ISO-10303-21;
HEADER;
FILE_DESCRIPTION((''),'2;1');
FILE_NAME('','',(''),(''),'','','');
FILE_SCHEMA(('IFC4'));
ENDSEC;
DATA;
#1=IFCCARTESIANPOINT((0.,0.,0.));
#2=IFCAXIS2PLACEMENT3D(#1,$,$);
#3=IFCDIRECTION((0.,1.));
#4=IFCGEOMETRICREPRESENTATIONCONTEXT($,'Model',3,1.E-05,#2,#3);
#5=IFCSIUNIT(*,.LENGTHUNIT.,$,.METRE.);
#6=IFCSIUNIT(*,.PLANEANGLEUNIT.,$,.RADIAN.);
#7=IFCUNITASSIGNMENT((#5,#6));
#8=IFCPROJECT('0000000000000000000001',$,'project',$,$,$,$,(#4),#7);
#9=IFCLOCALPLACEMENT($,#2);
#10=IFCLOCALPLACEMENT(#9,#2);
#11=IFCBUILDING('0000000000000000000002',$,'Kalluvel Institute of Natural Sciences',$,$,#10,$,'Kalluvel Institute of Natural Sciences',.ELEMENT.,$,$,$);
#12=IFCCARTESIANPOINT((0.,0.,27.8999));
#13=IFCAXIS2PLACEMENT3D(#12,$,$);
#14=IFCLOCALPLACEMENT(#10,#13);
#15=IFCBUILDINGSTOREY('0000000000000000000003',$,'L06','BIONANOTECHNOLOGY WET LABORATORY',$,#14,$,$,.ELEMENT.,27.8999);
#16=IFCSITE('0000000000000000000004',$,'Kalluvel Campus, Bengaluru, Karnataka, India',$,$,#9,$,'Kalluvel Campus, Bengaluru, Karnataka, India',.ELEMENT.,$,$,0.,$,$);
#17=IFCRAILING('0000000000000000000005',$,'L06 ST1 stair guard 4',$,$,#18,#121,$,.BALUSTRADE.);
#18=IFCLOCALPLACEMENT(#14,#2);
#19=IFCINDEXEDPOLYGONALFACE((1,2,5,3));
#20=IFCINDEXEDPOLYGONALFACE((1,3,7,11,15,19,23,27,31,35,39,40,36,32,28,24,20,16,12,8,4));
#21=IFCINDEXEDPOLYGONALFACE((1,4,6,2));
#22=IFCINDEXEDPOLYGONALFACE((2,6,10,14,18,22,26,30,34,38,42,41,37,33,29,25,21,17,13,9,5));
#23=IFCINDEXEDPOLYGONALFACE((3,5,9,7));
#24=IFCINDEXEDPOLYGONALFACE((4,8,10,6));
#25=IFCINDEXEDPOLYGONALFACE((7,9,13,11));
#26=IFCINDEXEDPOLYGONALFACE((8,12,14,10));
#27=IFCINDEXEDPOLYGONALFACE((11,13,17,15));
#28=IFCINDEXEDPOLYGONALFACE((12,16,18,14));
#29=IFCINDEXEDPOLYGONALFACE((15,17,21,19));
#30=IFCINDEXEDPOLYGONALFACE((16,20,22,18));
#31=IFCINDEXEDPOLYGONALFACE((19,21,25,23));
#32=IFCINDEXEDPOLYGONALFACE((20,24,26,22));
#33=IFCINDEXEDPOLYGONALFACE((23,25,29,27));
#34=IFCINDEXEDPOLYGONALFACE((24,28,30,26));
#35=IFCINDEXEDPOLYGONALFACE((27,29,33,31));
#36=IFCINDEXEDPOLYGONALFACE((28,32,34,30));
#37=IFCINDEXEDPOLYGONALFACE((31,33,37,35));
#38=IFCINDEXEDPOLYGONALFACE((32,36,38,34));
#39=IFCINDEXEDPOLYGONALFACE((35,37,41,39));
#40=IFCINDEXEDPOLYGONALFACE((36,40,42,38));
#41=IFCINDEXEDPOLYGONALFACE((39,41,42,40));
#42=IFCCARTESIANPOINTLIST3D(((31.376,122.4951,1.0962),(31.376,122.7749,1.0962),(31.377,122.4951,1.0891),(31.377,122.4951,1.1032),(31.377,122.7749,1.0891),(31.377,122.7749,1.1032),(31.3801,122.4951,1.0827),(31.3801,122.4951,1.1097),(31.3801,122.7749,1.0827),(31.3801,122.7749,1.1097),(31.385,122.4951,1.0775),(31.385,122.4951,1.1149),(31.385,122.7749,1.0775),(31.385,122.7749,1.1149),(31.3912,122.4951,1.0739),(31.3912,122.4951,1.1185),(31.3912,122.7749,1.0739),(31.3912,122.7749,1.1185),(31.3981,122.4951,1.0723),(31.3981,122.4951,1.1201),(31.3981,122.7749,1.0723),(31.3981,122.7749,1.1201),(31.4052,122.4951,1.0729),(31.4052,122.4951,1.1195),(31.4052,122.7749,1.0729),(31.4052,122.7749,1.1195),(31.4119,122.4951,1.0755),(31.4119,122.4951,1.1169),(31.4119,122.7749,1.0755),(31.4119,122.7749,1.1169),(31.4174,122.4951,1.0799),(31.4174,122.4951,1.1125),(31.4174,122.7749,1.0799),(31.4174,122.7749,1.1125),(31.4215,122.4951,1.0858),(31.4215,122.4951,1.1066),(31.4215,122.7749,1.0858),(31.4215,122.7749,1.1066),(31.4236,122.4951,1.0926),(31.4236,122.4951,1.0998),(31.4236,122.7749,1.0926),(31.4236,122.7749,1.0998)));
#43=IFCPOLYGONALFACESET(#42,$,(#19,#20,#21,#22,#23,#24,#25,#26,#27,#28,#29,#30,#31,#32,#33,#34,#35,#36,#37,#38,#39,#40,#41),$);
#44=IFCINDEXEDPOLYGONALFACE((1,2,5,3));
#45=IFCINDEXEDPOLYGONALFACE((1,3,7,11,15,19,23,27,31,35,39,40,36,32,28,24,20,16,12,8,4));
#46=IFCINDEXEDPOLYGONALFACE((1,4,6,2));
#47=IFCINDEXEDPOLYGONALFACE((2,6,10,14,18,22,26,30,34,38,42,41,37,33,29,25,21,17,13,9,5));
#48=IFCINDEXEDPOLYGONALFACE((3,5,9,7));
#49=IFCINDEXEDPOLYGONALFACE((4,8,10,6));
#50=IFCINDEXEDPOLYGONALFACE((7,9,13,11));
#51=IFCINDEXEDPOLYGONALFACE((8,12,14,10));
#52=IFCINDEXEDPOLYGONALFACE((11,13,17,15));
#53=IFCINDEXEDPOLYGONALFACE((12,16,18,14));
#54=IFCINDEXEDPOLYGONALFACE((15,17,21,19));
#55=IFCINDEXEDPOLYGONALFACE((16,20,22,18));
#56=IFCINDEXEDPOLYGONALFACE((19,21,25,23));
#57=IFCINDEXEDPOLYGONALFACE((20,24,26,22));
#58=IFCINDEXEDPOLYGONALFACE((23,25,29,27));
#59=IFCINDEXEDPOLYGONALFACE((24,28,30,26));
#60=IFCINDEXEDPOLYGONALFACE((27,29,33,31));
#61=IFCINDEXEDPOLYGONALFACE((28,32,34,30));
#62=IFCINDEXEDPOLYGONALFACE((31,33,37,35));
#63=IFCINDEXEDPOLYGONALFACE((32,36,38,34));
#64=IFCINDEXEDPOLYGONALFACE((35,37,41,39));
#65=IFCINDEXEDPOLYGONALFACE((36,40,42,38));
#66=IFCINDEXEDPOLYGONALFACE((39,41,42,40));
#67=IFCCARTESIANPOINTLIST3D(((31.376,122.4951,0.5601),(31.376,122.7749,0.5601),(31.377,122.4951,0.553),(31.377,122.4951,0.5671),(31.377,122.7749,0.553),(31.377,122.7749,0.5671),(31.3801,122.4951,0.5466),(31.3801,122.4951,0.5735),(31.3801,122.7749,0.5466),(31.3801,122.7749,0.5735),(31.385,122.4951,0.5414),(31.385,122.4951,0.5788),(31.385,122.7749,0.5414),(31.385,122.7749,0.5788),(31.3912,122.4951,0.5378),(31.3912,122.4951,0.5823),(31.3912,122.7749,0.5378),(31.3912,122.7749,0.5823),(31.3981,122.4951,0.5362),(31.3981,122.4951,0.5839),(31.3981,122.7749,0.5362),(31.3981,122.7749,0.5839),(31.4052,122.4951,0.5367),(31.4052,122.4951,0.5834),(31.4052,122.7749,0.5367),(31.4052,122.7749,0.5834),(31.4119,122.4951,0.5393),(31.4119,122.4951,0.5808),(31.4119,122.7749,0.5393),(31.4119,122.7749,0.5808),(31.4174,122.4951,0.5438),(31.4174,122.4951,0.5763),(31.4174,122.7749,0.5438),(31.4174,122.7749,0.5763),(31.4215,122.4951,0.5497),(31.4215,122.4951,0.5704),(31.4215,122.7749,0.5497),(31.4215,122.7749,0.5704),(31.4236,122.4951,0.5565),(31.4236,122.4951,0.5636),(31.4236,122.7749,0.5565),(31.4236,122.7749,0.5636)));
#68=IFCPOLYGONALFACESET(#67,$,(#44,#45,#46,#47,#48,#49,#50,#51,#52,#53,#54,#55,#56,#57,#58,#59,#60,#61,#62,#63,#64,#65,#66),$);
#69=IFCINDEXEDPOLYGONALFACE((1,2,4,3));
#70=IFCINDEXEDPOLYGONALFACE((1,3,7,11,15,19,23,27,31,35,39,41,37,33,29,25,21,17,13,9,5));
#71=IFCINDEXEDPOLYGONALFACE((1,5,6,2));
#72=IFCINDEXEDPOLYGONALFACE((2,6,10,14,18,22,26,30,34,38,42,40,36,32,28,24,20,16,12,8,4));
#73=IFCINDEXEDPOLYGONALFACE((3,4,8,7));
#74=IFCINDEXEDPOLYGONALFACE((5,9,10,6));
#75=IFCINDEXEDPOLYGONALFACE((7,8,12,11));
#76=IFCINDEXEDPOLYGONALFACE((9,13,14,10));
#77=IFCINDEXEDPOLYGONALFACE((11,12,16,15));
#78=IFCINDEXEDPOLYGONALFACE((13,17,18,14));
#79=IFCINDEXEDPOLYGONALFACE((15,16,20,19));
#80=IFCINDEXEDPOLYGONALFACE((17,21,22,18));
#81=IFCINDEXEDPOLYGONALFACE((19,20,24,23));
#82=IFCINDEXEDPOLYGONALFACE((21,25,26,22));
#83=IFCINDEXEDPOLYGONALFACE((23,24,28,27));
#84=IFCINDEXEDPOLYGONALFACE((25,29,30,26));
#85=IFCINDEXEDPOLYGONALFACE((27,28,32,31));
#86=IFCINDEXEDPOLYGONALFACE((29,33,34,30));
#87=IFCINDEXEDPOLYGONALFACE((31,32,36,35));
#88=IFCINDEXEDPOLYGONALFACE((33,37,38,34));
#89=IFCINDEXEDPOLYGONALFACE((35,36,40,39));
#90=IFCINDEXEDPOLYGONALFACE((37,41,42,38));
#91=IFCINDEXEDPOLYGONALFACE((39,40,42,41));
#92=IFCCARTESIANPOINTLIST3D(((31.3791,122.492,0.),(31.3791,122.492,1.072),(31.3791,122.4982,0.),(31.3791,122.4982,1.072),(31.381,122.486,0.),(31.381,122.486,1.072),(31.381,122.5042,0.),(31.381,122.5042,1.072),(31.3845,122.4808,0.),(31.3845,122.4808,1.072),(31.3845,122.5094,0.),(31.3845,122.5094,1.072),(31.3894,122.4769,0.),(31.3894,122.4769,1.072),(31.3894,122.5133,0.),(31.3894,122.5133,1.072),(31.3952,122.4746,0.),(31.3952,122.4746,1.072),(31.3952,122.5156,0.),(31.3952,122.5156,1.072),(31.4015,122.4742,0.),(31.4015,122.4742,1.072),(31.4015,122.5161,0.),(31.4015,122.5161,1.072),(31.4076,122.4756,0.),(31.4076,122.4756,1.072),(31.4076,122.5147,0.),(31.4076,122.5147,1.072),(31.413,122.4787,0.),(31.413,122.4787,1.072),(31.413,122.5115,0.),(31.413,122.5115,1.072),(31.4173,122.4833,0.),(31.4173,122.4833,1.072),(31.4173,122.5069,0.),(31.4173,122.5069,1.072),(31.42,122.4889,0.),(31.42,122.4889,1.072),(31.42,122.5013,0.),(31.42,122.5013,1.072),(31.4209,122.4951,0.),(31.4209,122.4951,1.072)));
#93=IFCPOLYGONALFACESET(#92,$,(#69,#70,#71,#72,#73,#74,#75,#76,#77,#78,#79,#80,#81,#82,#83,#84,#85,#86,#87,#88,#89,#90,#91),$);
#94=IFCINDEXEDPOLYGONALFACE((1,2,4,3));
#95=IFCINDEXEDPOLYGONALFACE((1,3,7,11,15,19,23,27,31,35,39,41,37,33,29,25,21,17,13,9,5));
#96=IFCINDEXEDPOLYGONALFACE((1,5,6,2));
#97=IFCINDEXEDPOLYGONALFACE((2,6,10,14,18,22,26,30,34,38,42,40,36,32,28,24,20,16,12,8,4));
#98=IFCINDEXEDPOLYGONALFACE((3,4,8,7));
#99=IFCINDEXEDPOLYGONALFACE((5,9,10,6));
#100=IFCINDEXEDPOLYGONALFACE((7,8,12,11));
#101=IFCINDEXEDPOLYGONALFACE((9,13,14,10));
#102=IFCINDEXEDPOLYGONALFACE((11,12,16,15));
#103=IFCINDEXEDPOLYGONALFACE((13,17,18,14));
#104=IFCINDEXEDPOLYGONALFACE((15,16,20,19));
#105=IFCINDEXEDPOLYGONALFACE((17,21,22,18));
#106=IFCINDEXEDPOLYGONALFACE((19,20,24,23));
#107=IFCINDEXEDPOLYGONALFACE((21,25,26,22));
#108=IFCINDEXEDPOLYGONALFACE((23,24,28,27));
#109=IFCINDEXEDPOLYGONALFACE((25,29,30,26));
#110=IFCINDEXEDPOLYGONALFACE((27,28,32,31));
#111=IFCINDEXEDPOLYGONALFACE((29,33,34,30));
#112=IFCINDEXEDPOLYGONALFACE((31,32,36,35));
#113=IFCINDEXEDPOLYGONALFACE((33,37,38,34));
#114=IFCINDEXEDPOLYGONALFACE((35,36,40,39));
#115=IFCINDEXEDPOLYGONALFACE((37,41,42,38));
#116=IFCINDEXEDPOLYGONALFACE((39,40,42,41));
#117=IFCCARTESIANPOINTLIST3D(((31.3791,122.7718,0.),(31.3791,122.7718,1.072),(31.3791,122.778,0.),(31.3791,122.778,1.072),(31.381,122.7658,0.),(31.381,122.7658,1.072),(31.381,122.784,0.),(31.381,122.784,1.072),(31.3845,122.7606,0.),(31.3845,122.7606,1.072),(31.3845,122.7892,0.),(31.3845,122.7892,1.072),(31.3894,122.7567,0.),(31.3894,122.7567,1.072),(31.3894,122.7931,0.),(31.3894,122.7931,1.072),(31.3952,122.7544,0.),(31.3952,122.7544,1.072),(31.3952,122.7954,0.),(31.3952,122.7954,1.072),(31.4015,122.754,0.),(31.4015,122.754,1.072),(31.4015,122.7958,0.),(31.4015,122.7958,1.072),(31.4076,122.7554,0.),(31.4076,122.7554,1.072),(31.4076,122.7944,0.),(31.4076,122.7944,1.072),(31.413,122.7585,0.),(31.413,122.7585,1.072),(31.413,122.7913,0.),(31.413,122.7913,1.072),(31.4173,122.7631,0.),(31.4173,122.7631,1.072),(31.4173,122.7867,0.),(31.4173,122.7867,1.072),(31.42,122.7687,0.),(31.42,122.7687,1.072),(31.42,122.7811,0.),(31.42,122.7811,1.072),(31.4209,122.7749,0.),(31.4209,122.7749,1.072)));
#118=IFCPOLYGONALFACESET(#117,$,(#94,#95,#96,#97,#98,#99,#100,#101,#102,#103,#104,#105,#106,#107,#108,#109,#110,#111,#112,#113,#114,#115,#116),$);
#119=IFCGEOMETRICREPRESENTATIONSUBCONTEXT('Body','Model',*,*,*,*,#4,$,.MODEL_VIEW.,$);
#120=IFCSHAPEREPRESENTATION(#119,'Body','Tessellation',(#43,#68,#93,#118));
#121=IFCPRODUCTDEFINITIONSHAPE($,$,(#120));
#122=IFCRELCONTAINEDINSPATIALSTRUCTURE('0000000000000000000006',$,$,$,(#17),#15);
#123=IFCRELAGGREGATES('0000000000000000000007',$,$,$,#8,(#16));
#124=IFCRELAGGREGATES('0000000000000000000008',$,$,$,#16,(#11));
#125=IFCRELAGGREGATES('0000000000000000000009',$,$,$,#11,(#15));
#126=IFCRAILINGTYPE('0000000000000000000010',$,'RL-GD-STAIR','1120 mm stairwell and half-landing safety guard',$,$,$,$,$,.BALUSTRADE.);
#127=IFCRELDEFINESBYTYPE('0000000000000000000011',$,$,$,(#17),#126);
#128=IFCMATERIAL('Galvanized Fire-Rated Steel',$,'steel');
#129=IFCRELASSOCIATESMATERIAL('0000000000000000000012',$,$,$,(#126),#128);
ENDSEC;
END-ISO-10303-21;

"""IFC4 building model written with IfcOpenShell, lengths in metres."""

from ifc_helpers import new_model, si_unit, direction, frame, origin, origin_2d, place, context, subcontext, project, spatial, circle, extrude, material, type_object, element, save


model = new_model("IFC4")

# Units and contexts
model_context = context("Model", 3, precision=1e-05, world=origin(), true_north=direction((0.0, 1.0)))
body_context = subcontext(model_context, "Body", "Model", "MODEL_VIEW")
ifc_project = project(units=[si_unit("LENGTHUNIT", "METRE"), si_unit("PLANEANGLEUNIT", "RADIAN")], contexts=[model_context])

# Site, building, storey
site_placement = place(None, origin())
site = spatial("IfcSite", under=ifc_project, at=site_placement, Name="Kalluvel Campus, Bengaluru, Karnataka, India", LongName="Kalluvel Campus, Bengaluru, Karnataka, India", CompositionType="ELEMENT", RefElevation=0.0)
building_placement = place(site_placement, origin())
building = spatial("IfcBuilding", under=site, at=building_placement, Name="Kalluvel Institute of Natural Sciences", LongName="Kalluvel Institute of Natural Sciences", CompositionType="ELEMENT")
storey_placement = place(building_placement, frame((0.0, 0.0, 27.8999)))
storey = spatial("IfcBuildingStorey", under=building, at=storey_placement, Name="L06", Description="BIONANOTECHNOLOGY WET LABORATORY", CompositionType="ELEMENT", Elevation=27.8999)

# Shared definitions
ifc_material_1 = material(Name="Galvanized Fire-Rated Steel", Category="steel")

# Railing
railing_type_1 = type_object("IfcRailingType", Name="RL-GD-STAIR", Description="1120 mm stairwell and half-landing safety guard", PredefinedType="BALUSTRADE", material=ifc_material_1)
railing_1_placement = place(storey_placement, frame((31.3999, 122.4951, 0.0)))
element("IfcRailing", 1, at=railing_1_placement, inside=storey, type_object=railing_type_1, Name="L06 ST1 stair guard 4", PredefinedType="BALUSTRADE", context=body_context, shape_type="SweptSolid", body=[
    extrude(circle(Radius=0.0239, at=origin_2d()), frame((0.0, 0.0, 1.0962), z_axis=(0.0, 1.0, 0.0), x_axis=(-1.0, 0.0, 0.0)), (0.0, 0.0, 1.0), 0.2798),
    extrude(circle(Radius=0.0239, at=origin_2d()), frame((0.0, 0.0, 0.5601), z_axis=(0.0, 1.0, 0.0), x_axis=(-1.0, 0.0, 0.0)), (0.0, 0.0, 1.0), 0.2798),
    extrude(circle(Radius=0.021, at=origin_2d()), origin(), (0.0, 0.0, 1.0), 1.072),
    extrude(circle(Radius=0.021, at=origin_2d()), frame((0.0, 0.2798, 0.0)), (0.0, 0.0, 1.0), 1.072),
])

save(model, "model.ifc")
